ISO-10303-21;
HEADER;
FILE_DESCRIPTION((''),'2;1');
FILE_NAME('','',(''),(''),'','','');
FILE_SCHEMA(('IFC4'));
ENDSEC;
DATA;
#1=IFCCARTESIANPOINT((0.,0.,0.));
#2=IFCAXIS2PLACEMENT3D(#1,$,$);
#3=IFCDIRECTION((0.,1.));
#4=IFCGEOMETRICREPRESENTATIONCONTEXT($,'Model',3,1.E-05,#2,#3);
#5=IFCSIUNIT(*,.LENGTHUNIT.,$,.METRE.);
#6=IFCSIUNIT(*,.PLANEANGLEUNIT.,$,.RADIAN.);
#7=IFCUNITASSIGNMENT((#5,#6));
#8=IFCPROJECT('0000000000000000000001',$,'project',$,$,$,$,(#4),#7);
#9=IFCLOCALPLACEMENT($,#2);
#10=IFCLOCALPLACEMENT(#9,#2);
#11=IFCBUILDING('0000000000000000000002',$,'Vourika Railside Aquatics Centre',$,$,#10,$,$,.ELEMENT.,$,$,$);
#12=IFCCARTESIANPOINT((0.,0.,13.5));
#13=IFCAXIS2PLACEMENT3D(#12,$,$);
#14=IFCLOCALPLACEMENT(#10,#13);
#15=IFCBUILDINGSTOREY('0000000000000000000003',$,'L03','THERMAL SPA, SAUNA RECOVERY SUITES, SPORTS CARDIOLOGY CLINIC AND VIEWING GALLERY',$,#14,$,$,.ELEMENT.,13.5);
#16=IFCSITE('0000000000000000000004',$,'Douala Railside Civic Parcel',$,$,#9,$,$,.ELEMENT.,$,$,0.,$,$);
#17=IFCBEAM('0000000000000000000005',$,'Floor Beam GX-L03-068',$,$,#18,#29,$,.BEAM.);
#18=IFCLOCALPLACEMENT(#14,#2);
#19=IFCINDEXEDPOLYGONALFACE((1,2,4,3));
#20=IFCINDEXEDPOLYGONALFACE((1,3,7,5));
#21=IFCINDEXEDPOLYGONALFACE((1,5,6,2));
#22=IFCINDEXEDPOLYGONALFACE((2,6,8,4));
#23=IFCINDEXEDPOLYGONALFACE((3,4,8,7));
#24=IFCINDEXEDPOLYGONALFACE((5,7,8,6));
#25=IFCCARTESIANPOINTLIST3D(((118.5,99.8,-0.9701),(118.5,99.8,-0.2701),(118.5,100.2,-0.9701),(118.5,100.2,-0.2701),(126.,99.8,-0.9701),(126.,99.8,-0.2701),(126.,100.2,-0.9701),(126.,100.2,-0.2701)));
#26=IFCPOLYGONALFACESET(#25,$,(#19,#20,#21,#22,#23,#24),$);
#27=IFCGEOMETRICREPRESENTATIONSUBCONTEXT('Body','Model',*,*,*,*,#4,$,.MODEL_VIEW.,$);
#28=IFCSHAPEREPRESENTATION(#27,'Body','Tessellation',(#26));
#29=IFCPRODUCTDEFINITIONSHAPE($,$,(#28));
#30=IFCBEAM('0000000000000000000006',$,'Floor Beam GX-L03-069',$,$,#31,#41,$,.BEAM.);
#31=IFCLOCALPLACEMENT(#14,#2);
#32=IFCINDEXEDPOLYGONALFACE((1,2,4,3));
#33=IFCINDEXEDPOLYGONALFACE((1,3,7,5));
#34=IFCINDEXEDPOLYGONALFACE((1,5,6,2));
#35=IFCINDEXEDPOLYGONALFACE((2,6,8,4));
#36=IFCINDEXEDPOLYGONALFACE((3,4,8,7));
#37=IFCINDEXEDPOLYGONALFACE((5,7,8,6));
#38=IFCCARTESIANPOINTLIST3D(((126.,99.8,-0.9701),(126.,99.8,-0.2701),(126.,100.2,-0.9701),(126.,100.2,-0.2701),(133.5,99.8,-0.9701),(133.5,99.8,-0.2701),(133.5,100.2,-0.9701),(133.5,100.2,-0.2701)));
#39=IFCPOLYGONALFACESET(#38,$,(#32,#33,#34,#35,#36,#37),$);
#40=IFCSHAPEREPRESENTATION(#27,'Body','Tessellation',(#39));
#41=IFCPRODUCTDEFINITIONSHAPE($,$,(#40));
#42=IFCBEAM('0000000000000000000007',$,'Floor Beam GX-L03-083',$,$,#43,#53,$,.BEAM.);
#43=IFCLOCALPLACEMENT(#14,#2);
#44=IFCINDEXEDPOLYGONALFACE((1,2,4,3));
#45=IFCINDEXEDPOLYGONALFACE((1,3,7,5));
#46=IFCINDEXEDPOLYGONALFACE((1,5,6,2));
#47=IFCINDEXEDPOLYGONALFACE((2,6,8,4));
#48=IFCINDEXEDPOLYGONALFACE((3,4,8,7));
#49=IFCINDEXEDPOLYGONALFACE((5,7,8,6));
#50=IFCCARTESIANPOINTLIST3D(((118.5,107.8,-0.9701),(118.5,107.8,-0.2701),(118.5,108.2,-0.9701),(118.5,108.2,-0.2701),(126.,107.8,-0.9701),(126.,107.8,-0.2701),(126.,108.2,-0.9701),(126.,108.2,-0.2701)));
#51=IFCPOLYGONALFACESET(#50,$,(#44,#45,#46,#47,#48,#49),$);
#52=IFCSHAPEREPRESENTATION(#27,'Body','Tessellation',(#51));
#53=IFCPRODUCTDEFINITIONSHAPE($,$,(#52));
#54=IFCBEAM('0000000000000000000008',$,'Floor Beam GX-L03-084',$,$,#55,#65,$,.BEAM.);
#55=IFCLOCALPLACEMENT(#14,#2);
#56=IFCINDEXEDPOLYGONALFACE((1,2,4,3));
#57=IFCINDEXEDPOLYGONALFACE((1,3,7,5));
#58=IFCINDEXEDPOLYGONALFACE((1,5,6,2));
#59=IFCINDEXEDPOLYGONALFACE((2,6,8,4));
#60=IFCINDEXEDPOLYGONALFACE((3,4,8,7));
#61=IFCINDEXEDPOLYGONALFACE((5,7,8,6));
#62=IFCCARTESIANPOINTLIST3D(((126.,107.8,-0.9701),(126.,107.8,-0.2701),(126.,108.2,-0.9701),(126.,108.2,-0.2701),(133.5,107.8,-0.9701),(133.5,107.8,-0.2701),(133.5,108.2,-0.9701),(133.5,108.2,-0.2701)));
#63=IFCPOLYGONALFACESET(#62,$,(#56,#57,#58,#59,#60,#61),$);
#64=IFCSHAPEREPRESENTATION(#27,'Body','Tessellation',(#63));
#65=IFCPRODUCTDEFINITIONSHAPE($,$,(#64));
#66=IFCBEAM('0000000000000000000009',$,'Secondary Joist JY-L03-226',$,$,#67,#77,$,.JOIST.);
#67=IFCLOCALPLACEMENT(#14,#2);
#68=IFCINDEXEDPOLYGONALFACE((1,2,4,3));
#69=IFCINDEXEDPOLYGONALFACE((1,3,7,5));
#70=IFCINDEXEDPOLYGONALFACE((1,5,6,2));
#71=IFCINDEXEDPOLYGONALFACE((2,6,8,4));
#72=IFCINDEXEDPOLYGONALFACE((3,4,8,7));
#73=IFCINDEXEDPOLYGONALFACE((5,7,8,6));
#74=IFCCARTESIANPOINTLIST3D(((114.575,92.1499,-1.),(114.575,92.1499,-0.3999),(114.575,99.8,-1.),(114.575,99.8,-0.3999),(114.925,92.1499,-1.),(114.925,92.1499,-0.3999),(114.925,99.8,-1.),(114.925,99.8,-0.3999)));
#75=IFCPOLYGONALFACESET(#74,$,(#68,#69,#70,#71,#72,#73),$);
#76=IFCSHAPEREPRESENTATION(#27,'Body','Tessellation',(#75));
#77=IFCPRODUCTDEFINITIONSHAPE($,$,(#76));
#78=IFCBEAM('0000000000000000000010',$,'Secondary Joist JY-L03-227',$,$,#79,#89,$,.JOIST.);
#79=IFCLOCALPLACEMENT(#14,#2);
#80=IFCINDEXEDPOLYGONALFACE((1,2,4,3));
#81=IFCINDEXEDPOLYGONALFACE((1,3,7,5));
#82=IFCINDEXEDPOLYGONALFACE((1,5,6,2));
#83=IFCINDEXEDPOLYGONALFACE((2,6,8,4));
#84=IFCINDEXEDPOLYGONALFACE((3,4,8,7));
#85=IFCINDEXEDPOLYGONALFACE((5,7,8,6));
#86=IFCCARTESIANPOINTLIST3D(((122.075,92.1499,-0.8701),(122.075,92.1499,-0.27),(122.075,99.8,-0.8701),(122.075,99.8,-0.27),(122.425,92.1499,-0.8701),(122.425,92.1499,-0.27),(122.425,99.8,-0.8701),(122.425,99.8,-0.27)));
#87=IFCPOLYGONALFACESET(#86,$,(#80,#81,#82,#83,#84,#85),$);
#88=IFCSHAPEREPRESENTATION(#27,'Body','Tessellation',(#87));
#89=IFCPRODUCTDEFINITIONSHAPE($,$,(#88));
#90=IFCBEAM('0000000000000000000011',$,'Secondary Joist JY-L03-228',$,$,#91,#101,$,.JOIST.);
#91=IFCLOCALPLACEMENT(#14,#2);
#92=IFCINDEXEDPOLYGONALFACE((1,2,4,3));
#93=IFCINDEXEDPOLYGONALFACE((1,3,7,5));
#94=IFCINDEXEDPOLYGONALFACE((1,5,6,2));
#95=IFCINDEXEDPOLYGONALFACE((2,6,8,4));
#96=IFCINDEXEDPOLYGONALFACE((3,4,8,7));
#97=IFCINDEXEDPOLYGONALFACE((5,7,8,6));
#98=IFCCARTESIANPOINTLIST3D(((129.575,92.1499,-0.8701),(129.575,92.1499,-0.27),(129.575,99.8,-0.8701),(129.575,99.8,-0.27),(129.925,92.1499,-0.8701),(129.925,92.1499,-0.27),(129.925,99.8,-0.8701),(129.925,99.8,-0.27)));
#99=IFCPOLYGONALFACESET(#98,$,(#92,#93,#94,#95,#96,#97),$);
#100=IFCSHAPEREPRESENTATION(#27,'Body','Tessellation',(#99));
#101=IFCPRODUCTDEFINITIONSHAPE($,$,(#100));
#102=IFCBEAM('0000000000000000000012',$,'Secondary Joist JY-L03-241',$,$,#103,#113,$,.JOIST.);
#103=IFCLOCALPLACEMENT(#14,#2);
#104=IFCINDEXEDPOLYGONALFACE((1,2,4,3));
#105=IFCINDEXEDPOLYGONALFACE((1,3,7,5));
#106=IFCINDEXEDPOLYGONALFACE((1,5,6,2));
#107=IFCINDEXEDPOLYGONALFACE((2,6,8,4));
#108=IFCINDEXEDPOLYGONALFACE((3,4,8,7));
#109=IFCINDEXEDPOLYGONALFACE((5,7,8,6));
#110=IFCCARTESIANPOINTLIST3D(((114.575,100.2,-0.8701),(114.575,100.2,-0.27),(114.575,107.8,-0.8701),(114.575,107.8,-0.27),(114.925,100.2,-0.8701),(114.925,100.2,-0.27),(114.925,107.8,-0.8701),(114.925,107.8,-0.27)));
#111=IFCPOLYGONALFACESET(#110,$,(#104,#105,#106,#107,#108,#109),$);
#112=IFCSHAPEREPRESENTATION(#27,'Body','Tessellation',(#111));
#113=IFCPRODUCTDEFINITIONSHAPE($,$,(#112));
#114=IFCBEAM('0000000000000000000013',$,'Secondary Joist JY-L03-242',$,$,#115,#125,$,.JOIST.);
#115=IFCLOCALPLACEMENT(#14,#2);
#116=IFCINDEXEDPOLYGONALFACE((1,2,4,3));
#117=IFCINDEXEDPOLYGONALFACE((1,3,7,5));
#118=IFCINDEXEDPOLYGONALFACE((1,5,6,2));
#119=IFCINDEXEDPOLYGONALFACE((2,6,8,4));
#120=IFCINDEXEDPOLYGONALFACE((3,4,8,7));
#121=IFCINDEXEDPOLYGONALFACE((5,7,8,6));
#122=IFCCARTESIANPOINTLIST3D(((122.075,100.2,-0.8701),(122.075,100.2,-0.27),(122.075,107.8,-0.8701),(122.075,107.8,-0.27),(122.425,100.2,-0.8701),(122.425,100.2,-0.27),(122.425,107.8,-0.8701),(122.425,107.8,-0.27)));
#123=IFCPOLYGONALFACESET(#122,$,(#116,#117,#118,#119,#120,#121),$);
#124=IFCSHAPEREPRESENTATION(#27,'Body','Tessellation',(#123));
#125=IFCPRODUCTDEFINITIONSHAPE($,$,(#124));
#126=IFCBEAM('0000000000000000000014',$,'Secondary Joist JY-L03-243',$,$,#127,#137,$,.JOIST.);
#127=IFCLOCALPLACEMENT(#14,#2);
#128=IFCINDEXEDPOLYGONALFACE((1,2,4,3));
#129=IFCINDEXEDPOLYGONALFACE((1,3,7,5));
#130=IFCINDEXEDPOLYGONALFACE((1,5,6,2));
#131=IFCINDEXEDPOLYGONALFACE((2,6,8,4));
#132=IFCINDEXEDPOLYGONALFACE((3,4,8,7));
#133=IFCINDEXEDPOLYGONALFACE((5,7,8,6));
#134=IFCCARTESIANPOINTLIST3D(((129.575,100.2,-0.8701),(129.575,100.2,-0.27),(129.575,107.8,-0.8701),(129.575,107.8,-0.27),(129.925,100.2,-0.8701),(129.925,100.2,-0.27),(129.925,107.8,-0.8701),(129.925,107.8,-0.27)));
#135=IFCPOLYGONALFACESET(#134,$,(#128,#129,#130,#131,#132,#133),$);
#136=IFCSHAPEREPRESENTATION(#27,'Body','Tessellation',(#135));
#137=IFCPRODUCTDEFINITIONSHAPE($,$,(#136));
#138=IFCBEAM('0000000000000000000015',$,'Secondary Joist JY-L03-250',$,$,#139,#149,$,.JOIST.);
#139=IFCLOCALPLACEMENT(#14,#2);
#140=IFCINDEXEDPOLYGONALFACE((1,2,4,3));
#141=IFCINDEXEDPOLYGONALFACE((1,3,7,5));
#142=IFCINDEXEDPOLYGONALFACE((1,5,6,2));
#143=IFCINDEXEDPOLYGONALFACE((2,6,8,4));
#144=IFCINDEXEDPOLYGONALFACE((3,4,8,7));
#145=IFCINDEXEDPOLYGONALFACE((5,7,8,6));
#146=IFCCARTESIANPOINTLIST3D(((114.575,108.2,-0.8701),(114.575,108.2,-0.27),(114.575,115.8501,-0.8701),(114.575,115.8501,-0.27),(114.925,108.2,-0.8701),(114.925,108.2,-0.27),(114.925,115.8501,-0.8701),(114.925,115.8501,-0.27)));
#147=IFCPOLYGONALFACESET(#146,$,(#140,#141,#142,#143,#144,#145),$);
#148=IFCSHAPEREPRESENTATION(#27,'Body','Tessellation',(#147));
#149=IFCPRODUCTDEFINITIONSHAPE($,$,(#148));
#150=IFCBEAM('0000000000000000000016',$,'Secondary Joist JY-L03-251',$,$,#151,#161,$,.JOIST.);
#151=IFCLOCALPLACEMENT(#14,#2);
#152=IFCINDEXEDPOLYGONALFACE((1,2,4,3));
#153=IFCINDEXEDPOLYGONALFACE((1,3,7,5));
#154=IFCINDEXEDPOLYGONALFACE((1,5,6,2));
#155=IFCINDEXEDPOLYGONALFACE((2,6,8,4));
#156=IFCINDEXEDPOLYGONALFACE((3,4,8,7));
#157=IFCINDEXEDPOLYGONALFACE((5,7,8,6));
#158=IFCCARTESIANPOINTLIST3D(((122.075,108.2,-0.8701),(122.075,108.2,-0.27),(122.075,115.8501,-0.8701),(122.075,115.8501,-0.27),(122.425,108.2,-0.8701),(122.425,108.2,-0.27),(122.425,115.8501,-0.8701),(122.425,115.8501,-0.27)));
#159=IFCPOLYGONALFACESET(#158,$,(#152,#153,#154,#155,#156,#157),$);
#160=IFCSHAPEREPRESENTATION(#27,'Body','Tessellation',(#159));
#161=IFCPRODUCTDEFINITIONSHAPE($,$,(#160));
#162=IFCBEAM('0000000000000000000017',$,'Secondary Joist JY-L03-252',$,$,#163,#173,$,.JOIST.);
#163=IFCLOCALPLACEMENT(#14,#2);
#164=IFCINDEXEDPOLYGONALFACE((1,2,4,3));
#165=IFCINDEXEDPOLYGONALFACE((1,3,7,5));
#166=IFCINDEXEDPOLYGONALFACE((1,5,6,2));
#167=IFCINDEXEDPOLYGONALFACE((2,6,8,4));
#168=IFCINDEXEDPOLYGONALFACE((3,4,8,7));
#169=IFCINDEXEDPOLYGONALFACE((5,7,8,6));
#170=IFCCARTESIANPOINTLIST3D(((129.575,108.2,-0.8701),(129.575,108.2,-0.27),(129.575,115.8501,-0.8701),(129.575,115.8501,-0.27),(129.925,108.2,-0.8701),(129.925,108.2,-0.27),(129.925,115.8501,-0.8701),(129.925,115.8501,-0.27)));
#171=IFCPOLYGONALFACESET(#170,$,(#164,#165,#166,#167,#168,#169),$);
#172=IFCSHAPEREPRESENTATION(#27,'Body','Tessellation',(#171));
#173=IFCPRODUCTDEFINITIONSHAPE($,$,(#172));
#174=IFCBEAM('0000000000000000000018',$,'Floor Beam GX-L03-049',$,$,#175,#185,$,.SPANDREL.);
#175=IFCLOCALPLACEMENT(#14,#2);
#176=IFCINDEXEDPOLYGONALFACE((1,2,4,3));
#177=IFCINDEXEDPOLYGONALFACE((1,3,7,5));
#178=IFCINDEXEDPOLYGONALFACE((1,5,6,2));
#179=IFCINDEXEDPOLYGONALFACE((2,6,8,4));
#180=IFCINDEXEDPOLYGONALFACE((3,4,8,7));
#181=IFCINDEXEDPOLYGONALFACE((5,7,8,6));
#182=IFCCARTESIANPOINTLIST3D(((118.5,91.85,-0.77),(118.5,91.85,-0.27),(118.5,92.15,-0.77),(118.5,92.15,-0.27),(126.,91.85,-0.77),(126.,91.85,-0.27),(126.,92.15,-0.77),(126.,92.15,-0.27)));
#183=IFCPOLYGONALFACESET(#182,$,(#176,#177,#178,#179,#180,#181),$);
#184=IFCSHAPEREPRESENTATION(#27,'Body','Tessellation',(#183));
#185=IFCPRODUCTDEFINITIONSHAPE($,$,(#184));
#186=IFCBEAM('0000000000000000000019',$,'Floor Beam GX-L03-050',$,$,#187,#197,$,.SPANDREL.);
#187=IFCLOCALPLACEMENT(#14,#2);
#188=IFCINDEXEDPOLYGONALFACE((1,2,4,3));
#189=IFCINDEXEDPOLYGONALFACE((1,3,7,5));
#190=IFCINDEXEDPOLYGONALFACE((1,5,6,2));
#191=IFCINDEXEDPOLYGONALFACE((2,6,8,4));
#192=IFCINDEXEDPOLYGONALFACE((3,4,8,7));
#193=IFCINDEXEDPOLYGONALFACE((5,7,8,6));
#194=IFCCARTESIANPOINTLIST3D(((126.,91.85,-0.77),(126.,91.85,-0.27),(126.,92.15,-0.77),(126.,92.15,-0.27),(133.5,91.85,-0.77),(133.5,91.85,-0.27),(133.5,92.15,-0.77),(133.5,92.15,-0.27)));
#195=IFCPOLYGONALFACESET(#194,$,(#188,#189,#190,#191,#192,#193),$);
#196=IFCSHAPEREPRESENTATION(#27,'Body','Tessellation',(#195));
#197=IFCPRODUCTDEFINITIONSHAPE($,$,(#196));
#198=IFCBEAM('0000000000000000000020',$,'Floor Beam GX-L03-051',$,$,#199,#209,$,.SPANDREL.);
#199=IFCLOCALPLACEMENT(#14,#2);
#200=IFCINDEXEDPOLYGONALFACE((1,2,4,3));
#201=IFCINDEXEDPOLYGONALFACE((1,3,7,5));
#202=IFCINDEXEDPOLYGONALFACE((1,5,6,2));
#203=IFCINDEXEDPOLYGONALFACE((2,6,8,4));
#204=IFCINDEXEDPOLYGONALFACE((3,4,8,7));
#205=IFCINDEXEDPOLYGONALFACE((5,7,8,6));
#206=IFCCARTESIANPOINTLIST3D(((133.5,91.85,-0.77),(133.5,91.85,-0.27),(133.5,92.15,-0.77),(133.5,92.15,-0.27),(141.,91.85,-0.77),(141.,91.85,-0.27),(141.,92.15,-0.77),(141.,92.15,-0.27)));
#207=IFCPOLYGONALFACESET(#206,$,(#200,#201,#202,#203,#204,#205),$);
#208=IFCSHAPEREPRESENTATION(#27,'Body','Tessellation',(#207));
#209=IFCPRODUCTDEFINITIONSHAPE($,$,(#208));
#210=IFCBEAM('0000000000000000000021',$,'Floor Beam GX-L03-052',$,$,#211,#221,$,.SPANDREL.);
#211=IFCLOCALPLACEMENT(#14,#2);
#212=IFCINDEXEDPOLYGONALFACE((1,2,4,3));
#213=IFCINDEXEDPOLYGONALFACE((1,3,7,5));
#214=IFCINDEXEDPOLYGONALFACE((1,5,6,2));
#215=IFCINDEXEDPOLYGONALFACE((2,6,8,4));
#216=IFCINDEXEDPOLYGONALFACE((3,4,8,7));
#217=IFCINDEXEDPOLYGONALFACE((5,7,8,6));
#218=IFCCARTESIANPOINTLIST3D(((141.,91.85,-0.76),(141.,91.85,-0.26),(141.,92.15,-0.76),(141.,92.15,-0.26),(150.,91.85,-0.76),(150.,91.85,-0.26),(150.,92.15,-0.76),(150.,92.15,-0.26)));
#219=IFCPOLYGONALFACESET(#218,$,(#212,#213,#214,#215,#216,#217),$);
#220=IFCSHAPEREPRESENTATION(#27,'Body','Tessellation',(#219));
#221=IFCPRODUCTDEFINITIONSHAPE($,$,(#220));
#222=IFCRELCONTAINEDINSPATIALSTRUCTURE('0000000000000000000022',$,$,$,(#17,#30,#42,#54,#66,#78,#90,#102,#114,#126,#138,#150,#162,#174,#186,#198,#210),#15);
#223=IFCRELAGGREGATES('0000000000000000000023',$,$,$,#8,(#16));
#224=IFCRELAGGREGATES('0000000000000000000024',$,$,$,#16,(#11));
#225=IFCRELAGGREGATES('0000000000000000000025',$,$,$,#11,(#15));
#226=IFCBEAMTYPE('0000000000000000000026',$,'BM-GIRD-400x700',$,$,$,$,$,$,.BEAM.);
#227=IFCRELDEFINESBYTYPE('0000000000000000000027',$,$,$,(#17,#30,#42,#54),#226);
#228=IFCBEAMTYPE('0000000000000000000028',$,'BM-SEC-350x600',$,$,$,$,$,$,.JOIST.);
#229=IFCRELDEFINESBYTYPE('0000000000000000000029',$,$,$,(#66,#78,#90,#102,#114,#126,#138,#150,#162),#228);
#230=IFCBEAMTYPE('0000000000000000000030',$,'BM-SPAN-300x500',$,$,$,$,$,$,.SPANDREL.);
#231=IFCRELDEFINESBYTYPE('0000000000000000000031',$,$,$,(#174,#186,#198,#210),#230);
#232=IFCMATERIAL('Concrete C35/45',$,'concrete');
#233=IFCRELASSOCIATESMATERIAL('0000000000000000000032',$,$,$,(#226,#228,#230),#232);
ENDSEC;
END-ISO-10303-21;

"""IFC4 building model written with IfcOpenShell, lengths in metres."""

from ifc_helpers import new_model, si_unit, direction, frame, origin, origin_2d, place, context, subcontext, project, spatial, rectangle, extrude, material, material_profile, profile_set, type_object, element, save


model = new_model("IFC4")

# Units and contexts
model_context = context("Model", 3, precision=1e-05, world=origin(), true_north=direction((0.0, 1.0)))
body_context = subcontext(model_context, "Body", "Model", "MODEL_VIEW")
ifc_project = project(units=[si_unit("LENGTHUNIT", "METRE"), si_unit("PLANEANGLEUNIT", "RADIAN")], contexts=[model_context])

# Site, building, storey
site_placement = place(None, origin())
site = spatial("IfcSite", under=ifc_project, at=site_placement, Name="Douala Railside Civic Parcel", CompositionType="ELEMENT", RefElevation=0.0)
building_placement = place(site_placement, origin())
building = spatial("IfcBuilding", under=site, at=building_placement, Name="Vourika Railside Aquatics Centre", CompositionType="ELEMENT")
storey_placement = place(building_placement, frame((0.0, 0.0, 13.5)))
storey = spatial("IfcBuildingStorey", under=building, at=storey_placement, Name="L03", Description="THERMAL SPA, SAUNA RECOVERY SUITES, SPORTS CARDIOLOGY CLINIC AND VIEWING GALLERY", CompositionType="ELEMENT", Elevation=13.5)

# Beams
ifc_material_1 = material(Name="Concrete C35/45", Category="concrete")
ifc_material_profile_1 = material_profile(ifc_material_1, rectangle(XDim=0.3999, YDim=0.7, at=origin_2d()), Name="RC 400x700")
ifc_profile_set_1 = profile_set([ifc_material_profile_1], Name="Concrete C35/45")
beam_type_1 = type_object("IfcBeamType", Name="BM-GIRD-400x700", PredefinedType="BEAM", material=ifc_profile_set_1)
for number, where, z_axis, x_axis, name in (
    (1, (118.5, 100.0, -0.6201), (1.0, 0.0, 0.0), (0.0, 1.0, 0.0), "Floor Beam GX-L03-068"),
    (2, (126.0, 100.0, -0.6201), (1.0, 0.0, 0.0), (0.0, 1.0, 0.0), "Floor Beam GX-L03-069"),
    (3, (118.5, 108.0, -0.6201), (1.0, 0.0, 0.0), (0.0, 1.0, 0.0), "Floor Beam GX-L03-083"),
    (4, (126.0, 108.0, -0.6201), (1.0, 0.0, 0.0), (0.0, 1.0, 0.0), "Floor Beam GX-L03-084"),
):
    element("IfcBeam", number, at=place(storey_placement, frame(where, z_axis=z_axis, x_axis=x_axis)), inside=storey, type_object=beam_type_1, Name=name, PredefinedType="BEAM", context=body_context, shape_type="SweptSolid", body=[
        extrude(rectangle(XDim=0.3999, YDim=0.7, at=origin_2d()), origin(), (0.0, 0.0, 1.0), 7.5),
    ])
ifc_material_profile_2 = material_profile(ifc_material_1, rectangle(XDim=0.3501, YDim=0.6001, at=origin_2d()), Name="RC 350x600")
ifc_profile_set_2 = profile_set([ifc_material_profile_2], Name="Concrete C35/45")
beam_type_2 = type_object("IfcBeamType", Name="BM-SEC-350x600", PredefinedType="JOIST", material=ifc_profile_set_2)
for number, where, z_axis, x_axis, name in (
    (5, (114.75, 92.1499, -0.7), (0.0, 1.0, 0.0), (-1.0, 0.0, 0.0), "Secondary Joist JY-L03-226"),
    (6, (122.25, 92.1499, -0.5701), (0.0, 1.0, 0.0), (-1.0, 0.0, 0.0), "Secondary Joist JY-L03-227"),
    (7, (129.75, 92.1499, -0.5701), (0.0, 1.0, 0.0), (-1.0, 0.0, 0.0), "Secondary Joist JY-L03-228"),
):
    element("IfcBeam", number, at=place(storey_placement, frame(where, z_axis=z_axis, x_axis=x_axis)), inside=storey, type_object=beam_type_2, Name=name, PredefinedType="JOIST", context=body_context, shape_type="SweptSolid", body=[
        extrude(rectangle(XDim=0.3501, YDim=0.6001, at=origin_2d()), origin(), (0.0, 0.0, 1.0), 7.6501),
    ])
for number, where, z_axis, x_axis, name in (
    (8, (114.75, 100.2, -0.5701), (0.0, 1.0, 0.0), (-1.0, 0.0, 0.0), "Secondary Joist JY-L03-241"),
    (9, (122.25, 100.2, -0.5701), (0.0, 1.0, 0.0), (-1.0, 0.0, 0.0), "Secondary Joist JY-L03-242"),
    (10, (129.75, 100.2, -0.5701), (0.0, 1.0, 0.0), (-1.0, 0.0, 0.0), "Secondary Joist JY-L03-243"),
):
    element("IfcBeam", number, at=place(storey_placement, frame(where, z_axis=z_axis, x_axis=x_axis)), inside=storey, type_object=beam_type_2, Name=name, PredefinedType="JOIST", context=body_context, shape_type="SweptSolid", body=[
        extrude(rectangle(XDim=0.3501, YDim=0.6001, at=origin_2d()), origin(), (0.0, 0.0, 1.0), 7.6001),
    ])
for number, where, z_axis, x_axis, name in (
    (11, (114.75, 108.2, -0.5701), (0.0, 1.0, 0.0), (-1.0, 0.0, 0.0), "Secondary Joist JY-L03-250"),
    (12, (122.25, 108.2, -0.5701), (0.0, 1.0, 0.0), (-1.0, 0.0, 0.0), "Secondary Joist JY-L03-251"),
    (13, (129.75, 108.2, -0.5701), (0.0, 1.0, 0.0), (-1.0, 0.0, 0.0), "Secondary Joist JY-L03-252"),
):
    element("IfcBeam", number, at=place(storey_placement, frame(where, z_axis=z_axis, x_axis=x_axis)), inside=storey, type_object=beam_type_2, Name=name, PredefinedType="JOIST", context=body_context, shape_type="SweptSolid", body=[
        extrude(rectangle(XDim=0.3501, YDim=0.6001, at=origin_2d()), origin(), (0.0, 0.0, 1.0), 7.6501),
    ])
ifc_material_profile_3 = material_profile(ifc_material_1, rectangle(XDim=0.3, YDim=0.5, at=origin_2d()), Name="RC 300x500")
ifc_profile_set_3 = profile_set([ifc_material_profile_3], Name="Concrete C35/45")
beam_type_3 = type_object("IfcBeamType", Name="BM-SPAN-300x500", PredefinedType="SPANDREL", material=ifc_profile_set_3)
for number, where, z_axis, x_axis, name in (
    (14, (118.5, 92.0, -0.52), (1.0, 0.0, 0.0), (0.0, 1.0, 0.0), "Floor Beam GX-L03-049"),
    (15, (126.0, 92.0, -0.52), (1.0, 0.0, 0.0), (0.0, 1.0, 0.0), "Floor Beam GX-L03-050"),
    (16, (133.5, 92.0, -0.52), (1.0, 0.0, 0.0), (0.0, 1.0, 0.0), "Floor Beam GX-L03-051"),
):
    element("IfcBeam", number, at=place(storey_placement, frame(where, z_axis=z_axis, x_axis=x_axis)), inside=storey, type_object=beam_type_3, Name=name, PredefinedType="SPANDREL", context=body_context, shape_type="SweptSolid", body=[
        extrude(rectangle(XDim=0.3, YDim=0.5, at=origin_2d()), origin(), (0.0, 0.0, 1.0), 7.5),
    ])
for number, where, z_axis, x_axis, name in (
    (17, (141.0, 92.0, -0.51), (1.0, 0.0, 0.0), (0.0, 1.0, 0.0), "Floor Beam GX-L03-052"),
):
    element("IfcBeam", number, at=place(storey_placement, frame(where, z_axis=z_axis, x_axis=x_axis)), inside=storey, type_object=beam_type_3, Name=name, PredefinedType="SPANDREL", context=body_context, shape_type="SweptSolid", body=[
        extrude(rectangle(XDim=0.3, YDim=0.5, at=origin_2d()), origin(), (0.0, 0.0, 1.0), 9.0),
    ])

save(model, "model.ifc")
